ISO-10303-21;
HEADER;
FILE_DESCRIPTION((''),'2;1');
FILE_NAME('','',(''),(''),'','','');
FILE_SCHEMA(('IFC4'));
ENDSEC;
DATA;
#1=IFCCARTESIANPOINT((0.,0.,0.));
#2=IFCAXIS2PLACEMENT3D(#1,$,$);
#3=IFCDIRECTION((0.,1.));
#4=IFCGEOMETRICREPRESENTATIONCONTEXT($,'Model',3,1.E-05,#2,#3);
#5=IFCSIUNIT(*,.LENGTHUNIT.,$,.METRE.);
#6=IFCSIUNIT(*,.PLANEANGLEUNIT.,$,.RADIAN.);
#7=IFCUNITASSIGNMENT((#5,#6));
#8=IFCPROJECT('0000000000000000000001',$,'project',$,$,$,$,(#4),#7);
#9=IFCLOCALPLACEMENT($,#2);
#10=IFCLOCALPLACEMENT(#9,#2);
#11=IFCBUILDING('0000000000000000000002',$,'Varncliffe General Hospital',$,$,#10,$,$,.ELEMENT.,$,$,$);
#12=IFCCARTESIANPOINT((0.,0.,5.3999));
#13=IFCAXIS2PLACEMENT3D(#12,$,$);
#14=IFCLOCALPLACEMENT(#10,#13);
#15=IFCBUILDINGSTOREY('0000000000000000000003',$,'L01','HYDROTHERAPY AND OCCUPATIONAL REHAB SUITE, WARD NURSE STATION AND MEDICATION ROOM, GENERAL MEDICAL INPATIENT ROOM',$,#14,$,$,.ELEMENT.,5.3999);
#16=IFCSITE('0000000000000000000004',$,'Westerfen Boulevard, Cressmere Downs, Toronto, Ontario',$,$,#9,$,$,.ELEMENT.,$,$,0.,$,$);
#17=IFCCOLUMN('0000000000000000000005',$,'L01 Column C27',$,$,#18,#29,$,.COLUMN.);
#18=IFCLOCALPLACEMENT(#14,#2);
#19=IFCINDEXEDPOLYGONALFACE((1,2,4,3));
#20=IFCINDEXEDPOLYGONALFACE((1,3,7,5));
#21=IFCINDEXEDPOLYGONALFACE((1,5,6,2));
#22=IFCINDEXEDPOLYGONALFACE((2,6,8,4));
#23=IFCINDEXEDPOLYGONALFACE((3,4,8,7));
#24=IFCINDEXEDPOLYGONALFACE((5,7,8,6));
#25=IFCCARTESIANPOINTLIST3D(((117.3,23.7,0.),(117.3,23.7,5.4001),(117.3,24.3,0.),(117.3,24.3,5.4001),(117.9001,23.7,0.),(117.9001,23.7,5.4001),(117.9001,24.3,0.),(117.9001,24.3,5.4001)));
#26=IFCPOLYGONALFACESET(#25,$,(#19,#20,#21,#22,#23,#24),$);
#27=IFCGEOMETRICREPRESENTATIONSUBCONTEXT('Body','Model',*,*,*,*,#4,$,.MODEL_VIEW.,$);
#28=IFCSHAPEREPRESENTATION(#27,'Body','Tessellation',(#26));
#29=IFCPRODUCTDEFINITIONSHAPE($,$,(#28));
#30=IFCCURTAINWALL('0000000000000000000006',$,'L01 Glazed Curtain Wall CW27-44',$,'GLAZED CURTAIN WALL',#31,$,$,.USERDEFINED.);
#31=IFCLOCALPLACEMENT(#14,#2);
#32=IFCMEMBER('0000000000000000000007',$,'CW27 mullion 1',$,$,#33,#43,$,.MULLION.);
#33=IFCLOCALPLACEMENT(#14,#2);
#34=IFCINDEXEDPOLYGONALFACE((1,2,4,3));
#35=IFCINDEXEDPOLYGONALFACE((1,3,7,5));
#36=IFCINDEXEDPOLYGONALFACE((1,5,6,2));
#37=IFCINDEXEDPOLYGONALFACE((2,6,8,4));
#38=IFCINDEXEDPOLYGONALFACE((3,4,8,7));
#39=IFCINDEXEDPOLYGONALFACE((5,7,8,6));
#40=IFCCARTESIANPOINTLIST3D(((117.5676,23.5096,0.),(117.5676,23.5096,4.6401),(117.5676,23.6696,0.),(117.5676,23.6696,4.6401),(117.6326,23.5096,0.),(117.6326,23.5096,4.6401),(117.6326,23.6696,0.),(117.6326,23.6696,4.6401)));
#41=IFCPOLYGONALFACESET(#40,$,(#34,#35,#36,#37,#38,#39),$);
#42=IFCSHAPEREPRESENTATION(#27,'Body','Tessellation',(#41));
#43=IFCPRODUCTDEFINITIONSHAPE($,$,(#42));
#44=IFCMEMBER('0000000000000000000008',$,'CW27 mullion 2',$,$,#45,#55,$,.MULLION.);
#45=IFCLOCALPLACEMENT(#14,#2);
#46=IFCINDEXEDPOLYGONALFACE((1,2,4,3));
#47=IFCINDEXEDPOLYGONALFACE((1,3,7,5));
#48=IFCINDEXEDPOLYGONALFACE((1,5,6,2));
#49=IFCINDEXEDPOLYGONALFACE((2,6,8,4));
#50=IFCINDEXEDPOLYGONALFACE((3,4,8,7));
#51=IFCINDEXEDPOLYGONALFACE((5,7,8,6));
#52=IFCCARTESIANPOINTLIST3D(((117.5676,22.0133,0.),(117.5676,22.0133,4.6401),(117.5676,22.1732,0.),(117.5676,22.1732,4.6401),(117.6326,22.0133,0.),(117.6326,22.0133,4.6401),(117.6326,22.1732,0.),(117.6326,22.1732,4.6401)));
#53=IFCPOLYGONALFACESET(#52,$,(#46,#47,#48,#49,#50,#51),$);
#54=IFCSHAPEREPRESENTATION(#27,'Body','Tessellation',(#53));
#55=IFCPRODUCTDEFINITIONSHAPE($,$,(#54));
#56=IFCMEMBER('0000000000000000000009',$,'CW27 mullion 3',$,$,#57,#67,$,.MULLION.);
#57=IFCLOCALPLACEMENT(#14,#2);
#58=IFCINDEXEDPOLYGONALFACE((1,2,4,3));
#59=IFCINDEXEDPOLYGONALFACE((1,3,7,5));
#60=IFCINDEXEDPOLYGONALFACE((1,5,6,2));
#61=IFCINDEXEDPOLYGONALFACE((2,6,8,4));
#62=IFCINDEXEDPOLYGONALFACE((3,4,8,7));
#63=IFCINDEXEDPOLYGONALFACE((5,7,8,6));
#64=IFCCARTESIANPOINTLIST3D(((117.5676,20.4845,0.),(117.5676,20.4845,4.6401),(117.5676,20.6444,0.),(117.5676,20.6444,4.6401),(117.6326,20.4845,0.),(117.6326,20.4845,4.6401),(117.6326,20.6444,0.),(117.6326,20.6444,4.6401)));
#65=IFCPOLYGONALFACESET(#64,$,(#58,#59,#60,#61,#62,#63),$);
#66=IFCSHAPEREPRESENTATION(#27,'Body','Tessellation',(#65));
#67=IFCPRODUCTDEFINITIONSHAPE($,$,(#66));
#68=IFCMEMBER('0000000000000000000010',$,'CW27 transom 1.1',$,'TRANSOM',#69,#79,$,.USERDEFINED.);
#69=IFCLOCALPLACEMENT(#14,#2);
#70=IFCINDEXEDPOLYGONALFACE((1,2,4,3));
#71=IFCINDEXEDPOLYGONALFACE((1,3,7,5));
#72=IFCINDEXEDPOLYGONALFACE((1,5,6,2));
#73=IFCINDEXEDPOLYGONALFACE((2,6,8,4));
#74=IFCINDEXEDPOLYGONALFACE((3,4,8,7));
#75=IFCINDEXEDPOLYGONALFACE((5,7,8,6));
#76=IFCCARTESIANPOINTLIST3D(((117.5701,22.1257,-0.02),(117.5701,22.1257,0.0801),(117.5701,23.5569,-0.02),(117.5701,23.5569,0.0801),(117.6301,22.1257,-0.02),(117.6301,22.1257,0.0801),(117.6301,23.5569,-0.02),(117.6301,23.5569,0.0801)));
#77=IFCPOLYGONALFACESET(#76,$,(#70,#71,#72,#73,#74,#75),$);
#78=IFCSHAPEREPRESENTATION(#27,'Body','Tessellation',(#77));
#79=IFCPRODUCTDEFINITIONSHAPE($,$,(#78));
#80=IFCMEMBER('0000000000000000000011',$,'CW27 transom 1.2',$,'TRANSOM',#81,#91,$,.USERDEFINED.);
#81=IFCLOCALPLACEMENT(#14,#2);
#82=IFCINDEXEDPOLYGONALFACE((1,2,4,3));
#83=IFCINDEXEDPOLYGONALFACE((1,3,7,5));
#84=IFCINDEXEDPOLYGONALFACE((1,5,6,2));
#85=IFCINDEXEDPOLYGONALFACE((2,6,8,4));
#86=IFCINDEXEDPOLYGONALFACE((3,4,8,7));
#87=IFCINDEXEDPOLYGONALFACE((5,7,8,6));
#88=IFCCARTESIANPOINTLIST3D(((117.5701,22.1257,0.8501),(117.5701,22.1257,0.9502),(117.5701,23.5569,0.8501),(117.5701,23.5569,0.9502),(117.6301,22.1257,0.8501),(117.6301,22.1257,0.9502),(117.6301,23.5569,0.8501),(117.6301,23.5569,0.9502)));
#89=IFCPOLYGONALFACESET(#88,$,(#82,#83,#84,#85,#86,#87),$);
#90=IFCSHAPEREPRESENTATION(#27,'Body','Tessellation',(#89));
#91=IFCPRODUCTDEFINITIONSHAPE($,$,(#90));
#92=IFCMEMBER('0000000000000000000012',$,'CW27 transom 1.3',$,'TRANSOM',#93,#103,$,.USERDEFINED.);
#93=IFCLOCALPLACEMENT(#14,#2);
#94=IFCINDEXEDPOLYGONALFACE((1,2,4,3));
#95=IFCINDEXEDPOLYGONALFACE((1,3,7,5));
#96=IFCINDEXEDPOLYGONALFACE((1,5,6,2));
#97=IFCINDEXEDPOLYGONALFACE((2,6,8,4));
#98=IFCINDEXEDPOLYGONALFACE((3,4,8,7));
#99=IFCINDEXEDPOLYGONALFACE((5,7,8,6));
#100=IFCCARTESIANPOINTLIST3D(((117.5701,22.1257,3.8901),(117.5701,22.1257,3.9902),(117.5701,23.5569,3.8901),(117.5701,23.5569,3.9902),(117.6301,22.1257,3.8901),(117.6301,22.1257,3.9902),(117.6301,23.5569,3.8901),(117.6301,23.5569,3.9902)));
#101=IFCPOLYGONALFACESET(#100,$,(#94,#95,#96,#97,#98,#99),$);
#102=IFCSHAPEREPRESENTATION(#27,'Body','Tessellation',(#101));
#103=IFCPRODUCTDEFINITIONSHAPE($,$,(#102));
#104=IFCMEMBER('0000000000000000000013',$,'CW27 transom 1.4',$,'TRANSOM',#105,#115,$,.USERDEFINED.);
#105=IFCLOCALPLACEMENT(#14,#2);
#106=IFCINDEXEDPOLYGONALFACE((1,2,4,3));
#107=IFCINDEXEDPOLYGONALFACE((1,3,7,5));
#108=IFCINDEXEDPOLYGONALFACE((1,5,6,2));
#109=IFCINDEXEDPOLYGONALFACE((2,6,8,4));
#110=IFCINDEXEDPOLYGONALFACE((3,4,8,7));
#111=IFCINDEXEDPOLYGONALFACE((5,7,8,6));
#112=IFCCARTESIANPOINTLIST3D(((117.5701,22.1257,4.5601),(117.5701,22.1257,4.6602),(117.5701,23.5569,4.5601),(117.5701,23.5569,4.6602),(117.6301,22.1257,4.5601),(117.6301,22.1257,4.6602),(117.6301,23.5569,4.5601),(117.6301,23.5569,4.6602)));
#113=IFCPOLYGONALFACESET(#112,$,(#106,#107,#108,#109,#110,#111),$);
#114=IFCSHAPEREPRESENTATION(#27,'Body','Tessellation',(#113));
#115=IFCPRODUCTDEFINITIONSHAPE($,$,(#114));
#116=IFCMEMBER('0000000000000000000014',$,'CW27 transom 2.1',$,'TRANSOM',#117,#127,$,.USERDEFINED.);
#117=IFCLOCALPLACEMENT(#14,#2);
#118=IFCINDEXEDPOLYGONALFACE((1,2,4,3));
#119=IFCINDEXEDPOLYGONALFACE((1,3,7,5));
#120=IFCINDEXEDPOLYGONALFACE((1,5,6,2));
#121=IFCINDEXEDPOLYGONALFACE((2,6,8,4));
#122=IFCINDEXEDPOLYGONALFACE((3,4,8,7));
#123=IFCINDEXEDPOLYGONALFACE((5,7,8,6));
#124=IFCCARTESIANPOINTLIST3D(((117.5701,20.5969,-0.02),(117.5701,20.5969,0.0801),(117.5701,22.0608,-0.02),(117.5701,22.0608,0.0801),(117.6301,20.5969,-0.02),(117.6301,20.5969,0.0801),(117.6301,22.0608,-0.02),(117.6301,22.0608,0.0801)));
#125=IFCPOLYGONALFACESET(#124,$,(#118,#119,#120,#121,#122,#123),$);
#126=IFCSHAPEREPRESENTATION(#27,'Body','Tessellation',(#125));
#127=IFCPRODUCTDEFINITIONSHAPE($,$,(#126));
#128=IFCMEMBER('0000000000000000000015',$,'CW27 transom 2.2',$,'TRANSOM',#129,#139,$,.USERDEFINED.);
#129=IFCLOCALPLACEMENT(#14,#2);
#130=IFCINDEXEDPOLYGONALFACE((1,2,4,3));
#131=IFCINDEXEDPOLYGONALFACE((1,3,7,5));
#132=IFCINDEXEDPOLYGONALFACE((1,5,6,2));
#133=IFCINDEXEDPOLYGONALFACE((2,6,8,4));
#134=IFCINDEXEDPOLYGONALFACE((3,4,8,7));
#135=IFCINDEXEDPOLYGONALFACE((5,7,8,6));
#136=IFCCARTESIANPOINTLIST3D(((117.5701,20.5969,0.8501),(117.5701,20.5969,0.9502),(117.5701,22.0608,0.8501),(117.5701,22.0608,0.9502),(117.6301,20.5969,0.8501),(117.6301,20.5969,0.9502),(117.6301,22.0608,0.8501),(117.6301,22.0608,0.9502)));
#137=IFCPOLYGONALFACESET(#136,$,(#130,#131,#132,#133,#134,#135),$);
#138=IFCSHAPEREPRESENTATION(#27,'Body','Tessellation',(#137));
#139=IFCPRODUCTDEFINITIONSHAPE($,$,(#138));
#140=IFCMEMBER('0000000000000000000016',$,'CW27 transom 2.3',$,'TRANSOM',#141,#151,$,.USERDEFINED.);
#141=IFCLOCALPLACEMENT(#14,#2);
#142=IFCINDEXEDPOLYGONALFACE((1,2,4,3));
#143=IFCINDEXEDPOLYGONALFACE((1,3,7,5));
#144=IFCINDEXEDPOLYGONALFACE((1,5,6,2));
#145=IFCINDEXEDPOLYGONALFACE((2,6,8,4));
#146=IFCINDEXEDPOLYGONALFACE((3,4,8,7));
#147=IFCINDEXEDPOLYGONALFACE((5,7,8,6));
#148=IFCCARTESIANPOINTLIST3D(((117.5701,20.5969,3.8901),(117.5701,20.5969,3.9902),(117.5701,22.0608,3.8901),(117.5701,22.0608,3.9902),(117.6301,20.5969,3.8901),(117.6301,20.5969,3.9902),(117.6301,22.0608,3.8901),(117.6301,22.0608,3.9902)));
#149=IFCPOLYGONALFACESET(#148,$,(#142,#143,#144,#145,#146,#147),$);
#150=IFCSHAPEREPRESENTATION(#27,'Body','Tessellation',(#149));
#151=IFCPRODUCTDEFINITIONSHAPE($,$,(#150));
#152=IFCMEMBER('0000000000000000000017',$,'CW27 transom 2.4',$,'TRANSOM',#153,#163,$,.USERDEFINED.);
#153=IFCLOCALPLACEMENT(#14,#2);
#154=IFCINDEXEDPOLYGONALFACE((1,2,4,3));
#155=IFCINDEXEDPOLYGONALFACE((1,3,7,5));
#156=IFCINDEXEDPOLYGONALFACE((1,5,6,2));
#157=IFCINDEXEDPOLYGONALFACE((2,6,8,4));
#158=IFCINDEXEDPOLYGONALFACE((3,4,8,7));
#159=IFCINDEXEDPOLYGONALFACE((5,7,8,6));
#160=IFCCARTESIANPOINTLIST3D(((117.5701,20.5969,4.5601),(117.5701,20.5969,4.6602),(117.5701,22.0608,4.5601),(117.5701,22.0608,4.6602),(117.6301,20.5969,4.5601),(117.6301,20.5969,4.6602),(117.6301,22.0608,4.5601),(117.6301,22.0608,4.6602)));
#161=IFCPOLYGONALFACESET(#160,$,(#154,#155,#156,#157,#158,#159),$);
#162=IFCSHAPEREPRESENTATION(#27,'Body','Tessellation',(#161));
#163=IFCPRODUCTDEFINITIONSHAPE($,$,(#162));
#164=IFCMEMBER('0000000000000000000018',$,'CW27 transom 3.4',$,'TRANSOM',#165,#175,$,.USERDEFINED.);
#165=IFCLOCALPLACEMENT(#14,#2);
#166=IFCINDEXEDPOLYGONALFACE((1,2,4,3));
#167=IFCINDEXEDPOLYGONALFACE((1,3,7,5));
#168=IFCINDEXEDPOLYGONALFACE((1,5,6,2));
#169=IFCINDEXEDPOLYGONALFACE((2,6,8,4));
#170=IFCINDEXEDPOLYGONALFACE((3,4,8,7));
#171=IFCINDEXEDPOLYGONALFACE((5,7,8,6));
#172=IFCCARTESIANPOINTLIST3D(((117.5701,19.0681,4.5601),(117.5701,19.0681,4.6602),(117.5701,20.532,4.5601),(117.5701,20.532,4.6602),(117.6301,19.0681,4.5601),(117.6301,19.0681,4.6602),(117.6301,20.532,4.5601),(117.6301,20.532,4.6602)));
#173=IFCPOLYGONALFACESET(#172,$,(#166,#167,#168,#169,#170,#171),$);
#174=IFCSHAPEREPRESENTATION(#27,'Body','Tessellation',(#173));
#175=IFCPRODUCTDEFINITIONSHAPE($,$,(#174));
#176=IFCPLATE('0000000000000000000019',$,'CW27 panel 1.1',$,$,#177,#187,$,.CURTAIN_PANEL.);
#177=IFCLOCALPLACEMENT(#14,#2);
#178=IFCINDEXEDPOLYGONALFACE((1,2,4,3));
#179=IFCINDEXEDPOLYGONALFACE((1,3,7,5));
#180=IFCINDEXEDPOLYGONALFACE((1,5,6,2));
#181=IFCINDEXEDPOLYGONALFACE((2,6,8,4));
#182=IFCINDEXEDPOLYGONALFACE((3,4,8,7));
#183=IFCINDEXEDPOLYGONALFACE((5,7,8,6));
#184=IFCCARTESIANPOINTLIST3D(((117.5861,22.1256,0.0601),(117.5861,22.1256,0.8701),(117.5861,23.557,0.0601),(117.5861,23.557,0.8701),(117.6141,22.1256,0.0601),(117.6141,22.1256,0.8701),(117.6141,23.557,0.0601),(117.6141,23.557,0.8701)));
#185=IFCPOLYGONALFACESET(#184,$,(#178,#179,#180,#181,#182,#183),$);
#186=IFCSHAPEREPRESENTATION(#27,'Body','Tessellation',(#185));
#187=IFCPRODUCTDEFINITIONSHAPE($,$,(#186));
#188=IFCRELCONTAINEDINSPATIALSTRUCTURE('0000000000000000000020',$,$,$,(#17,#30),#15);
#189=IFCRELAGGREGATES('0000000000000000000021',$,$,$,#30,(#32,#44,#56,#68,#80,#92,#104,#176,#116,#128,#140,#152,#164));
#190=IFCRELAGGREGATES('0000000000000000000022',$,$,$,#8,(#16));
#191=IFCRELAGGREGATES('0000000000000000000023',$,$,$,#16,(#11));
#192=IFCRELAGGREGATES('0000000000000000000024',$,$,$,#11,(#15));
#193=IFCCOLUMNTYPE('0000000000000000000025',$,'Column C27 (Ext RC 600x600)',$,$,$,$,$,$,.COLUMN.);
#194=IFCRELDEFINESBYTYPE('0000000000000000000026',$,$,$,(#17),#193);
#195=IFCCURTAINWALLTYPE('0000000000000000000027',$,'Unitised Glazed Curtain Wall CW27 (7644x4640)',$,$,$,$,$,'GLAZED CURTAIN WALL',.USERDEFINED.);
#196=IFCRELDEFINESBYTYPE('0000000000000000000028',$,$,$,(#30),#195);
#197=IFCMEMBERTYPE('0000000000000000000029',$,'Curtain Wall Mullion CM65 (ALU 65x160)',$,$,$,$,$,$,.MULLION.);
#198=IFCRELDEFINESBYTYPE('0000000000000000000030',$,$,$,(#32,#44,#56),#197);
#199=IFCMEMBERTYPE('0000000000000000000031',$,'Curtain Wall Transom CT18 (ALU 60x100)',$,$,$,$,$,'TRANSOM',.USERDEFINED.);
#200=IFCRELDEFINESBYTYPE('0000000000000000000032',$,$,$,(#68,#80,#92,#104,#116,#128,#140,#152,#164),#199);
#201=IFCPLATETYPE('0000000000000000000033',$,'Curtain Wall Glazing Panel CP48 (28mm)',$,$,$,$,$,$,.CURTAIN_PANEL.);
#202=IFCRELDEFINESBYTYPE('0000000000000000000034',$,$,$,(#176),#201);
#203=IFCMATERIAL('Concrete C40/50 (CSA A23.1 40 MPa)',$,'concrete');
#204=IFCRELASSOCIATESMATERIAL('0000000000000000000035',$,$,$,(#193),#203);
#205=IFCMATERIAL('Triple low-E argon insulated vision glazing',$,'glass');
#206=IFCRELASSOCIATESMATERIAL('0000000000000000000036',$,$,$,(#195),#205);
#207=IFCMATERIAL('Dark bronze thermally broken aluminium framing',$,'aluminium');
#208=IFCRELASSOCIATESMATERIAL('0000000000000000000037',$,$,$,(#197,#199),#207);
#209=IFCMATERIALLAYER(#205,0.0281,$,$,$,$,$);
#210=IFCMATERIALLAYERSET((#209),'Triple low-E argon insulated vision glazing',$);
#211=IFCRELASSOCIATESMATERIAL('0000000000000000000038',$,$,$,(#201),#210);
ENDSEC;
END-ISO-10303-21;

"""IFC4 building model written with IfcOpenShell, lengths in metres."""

from ifc_helpers import new_model, si_unit, direction, frame, origin, origin_2d, place, context, subcontext, project, spatial, rectangle, extrude, material, layer, layer_set, material_profile, profile_set, type_object, element, aggregate, save


model = new_model("IFC4")

# Units and contexts
model_context = context("Model", 3, precision=1e-05, world=origin(), true_north=direction((0.0, 1.0)))
body_context = subcontext(model_context, "Body", "Model", "MODEL_VIEW")
ifc_project = project(units=[si_unit("LENGTHUNIT", "METRE"), si_unit("PLANEANGLEUNIT", "RADIAN")], contexts=[model_context])

# Site, building, storey
site_placement = place(None, origin())
site = spatial("IfcSite", under=ifc_project, at=site_placement, Name="Westerfen Boulevard, Cressmere Downs, Toronto, Ontario", CompositionType="ELEMENT", RefElevation=0.0)
building_placement = place(site_placement, origin())
building = spatial("IfcBuilding", under=site, at=building_placement, Name="Varncliffe General Hospital", CompositionType="ELEMENT")
storey_placement = place(building_placement, frame((0.0, 0.0, 5.3999)))
storey = spatial("IfcBuildingStorey", under=building, at=storey_placement, Name="L01", Description="HYDROTHERAPY AND OCCUPATIONAL REHAB SUITE, WARD NURSE STATION AND MEDICATION ROOM, GENERAL MEDICAL INPATIENT ROOM", CompositionType="ELEMENT", Elevation=5.3999)

# Column
ifc_material_1 = material(Name="Concrete C40/50 (CSA A23.1 40 MPa)", Category="concrete")
ifc_material_profile_1 = material_profile(ifc_material_1, rectangle(XDim=0.6001, YDim=0.6001, at=origin_2d()), Name="RC 600x600")
ifc_profile_set_1 = profile_set([ifc_material_profile_1], Name="Concrete C40/50 (CSA A23.1 40 MPa)")
column_type = type_object("IfcColumnType", Name="Column C27 (Ext RC 600x600)", PredefinedType="COLUMN", material=ifc_profile_set_1)
column_placement = place(storey_placement, frame((117.6001, 24.0, 0.0), z_axis=(0.0, 0.0, 1.0), x_axis=(1.0, 0.0, 0.0)))
element("IfcColumn", 1, at=column_placement, inside=storey, type_object=column_type, Name="L01 Column C27", PredefinedType="COLUMN", context=body_context, shape_type="SweptSolid", body=[
    extrude(rectangle(XDim=0.6001, YDim=0.6001, at=origin_2d()), origin(), (0.0, 0.0, 1.0), 5.4001),
])

# Curtain wall, members, plate
ifc_material_2 = material(Name="Triple low-E argon insulated vision glazing", Category="glass")
curtain_wall_type = type_object("IfcCurtainWallType", Name="Unitised Glazed Curtain Wall CW27 (7644x4640)", ElementType="GLAZED CURTAIN WALL", PredefinedType="USERDEFINED", material=ifc_material_2)
curtain_wall_placement = place(storey_placement, origin())
curtain_wall = element("IfcCurtainWall", 2, at=curtain_wall_placement, inside=storey, type_object=curtain_wall_type, Name="L01 Glazed Curtain Wall CW27-44", ObjectType="GLAZED CURTAIN WALL", PredefinedType="USERDEFINED")
ifc_material_3 = material(Name="Dark bronze thermally broken aluminium framing", Category="aluminium")
ifc_material_profile_2 = material_profile(ifc_material_3, rectangle(XDim=0.0649, YDim=0.1599, at=origin_2d()), Name="ALU 65x160")
ifc_profile_set_2 = profile_set([ifc_material_profile_2], Name="Dark bronze thermally broken aluminium framing")
member_type_1 = type_object("IfcMemberType", Name="Curtain Wall Mullion CM65 (ALU 65x160)", PredefinedType="MULLION", material=ifc_profile_set_2)
member_1_placement = place(storey_placement, frame((117.6001, 23.5896, 0.0), z_axis=(0.0, 0.0, 1.0), x_axis=(1.0, 0.0, 0.0)))
member_1 = element("IfcMember", 3, at=member_1_placement, type_object=member_type_1, Name="CW27 mullion 1", PredefinedType="MULLION", context=body_context, shape_type="SweptSolid", body=[
    extrude(rectangle(XDim=0.0649, YDim=0.1599, at=origin_2d()), origin(), (0.0, 0.0, 1.0), 4.6401),
])
member_2_placement = place(storey_placement, frame((117.6001, 22.0933, 0.0), z_axis=(0.0, 0.0, 1.0), x_axis=(1.0, 0.0, 0.0)))
member_2 = element("IfcMember", 4, at=member_2_placement, type_object=member_type_1, Name="CW27 mullion 2", PredefinedType="MULLION", context=body_context, shape_type="SweptSolid", body=[
    extrude(rectangle(XDim=0.0649, YDim=0.1599, at=origin_2d()), origin(), (0.0, 0.0, 1.0), 4.6401),
])
member_3_placement = place(storey_placement, frame((117.6001, 20.5645, 0.0), z_axis=(0.0, 0.0, 1.0), x_axis=(1.0, 0.0, 0.0)))
member_3 = element("IfcMember", 5, at=member_3_placement, type_object=member_type_1, Name="CW27 mullion 3", PredefinedType="MULLION", context=body_context, shape_type="SweptSolid", body=[
    extrude(rectangle(XDim=0.0649, YDim=0.1599, at=origin_2d()), origin(), (0.0, 0.0, 1.0), 4.6401),
])
ifc_material_profile_3 = material_profile(ifc_material_3, rectangle(XDim=0.0601, YDim=0.1001, at=origin_2d()), Name="ALU 60x100")
ifc_profile_set_3 = profile_set([ifc_material_profile_3], Name="Dark bronze thermally broken aluminium framing")
member_type_2 = type_object("IfcMemberType", Name="Curtain Wall Transom CT18 (ALU 60x100)", ElementType="TRANSOM", PredefinedType="USERDEFINED", material=ifc_profile_set_3)
member_4_placement = place(storey_placement, frame((117.6001, 23.5569, 0.03), z_axis=(0.0, -1.0, 0.0), x_axis=(1.0, 0.0, 0.0)))
member_4 = element("IfcMember", 6, at=member_4_placement, type_object=member_type_2, Name="CW27 transom 1.1", ObjectType="TRANSOM", PredefinedType="USERDEFINED", context=body_context, shape_type="SweptSolid", body=[
    extrude(rectangle(XDim=0.0601, YDim=0.1001, at=origin_2d()), origin(), (0.0, 0.0, 1.0), 1.4312),
])
member_5_placement = place(storey_placement, frame((117.6001, 23.5569, 0.9001), z_axis=(0.0, -1.0, 0.0), x_axis=(1.0, 0.0, 0.0)))
member_5 = element("IfcMember", 7, at=member_5_placement, type_object=member_type_2, Name="CW27 transom 1.2", ObjectType="TRANSOM", PredefinedType="USERDEFINED", context=body_context, shape_type="SweptSolid", body=[
    extrude(rectangle(XDim=0.0601, YDim=0.1001, at=origin_2d()), origin(), (0.0, 0.0, 1.0), 1.4312),
])
member_6_placement = place(storey_placement, frame((117.6001, 23.5569, 3.9402), z_axis=(0.0, -1.0, 0.0), x_axis=(1.0, 0.0, 0.0)))
member_6 = element("IfcMember", 8, at=member_6_placement, type_object=member_type_2, Name="CW27 transom 1.3", ObjectType="TRANSOM", PredefinedType="USERDEFINED", context=body_context, shape_type="SweptSolid", body=[
    extrude(rectangle(XDim=0.0601, YDim=0.1001, at=origin_2d()), origin(), (0.0, 0.0, 1.0), 1.4312),
])
member_7_placement = place(storey_placement, frame((117.6001, 23.5569, 4.6101), z_axis=(0.0, -1.0, 0.0), x_axis=(1.0, 0.0, 0.0)))
member_7 = element("IfcMember", 9, at=member_7_placement, type_object=member_type_2, Name="CW27 transom 1.4", ObjectType="TRANSOM", PredefinedType="USERDEFINED", context=body_context, shape_type="SweptSolid", body=[
    extrude(rectangle(XDim=0.0601, YDim=0.1001, at=origin_2d()), origin(), (0.0, 0.0, 1.0), 1.4312),
])
member_8_placement = place(storey_placement, frame((117.6001, 22.0608, 0.03), z_axis=(0.0, -1.0, 0.0), x_axis=(1.0, 0.0, 0.0)))
member_8 = element("IfcMember", 10, at=member_8_placement, type_object=member_type_2, Name="CW27 transom 2.1", ObjectType="TRANSOM", PredefinedType="USERDEFINED", context=body_context, shape_type="SweptSolid", body=[
    extrude(rectangle(XDim=0.0601, YDim=0.1001, at=origin_2d()), origin(), (0.0, 0.0, 1.0), 1.4639),
])
member_9_placement = place(storey_placement, frame((117.6001, 22.0608, 0.9001), z_axis=(0.0, -1.0, 0.0), x_axis=(1.0, 0.0, 0.0)))
member_9 = element("IfcMember", 11, at=member_9_placement, type_object=member_type_2, Name="CW27 transom 2.2", ObjectType="TRANSOM", PredefinedType="USERDEFINED", context=body_context, shape_type="SweptSolid", body=[
    extrude(rectangle(XDim=0.0601, YDim=0.1001, at=origin_2d()), origin(), (0.0, 0.0, 1.0), 1.4639),
])
member_10_placement = place(storey_placement, frame((117.6001, 22.0608, 3.9402), z_axis=(0.0, -1.0, 0.0), x_axis=(1.0, 0.0, 0.0)))
member_10 = element("IfcMember", 12, at=member_10_placement, type_object=member_type_2, Name="CW27 transom 2.3", ObjectType="TRANSOM", PredefinedType="USERDEFINED", context=body_context, shape_type="SweptSolid", body=[
    extrude(rectangle(XDim=0.0601, YDim=0.1001, at=origin_2d()), origin(), (0.0, 0.0, 1.0), 1.4639),
])
member_11_placement = place(storey_placement, frame((117.6001, 22.0608, 4.6101), z_axis=(0.0, -1.0, 0.0), x_axis=(1.0, 0.0, 0.0)))
member_11 = element("IfcMember", 13, at=member_11_placement, type_object=member_type_2, Name="CW27 transom 2.4", ObjectType="TRANSOM", PredefinedType="USERDEFINED", context=body_context, shape_type="SweptSolid", body=[
    extrude(rectangle(XDim=0.0601, YDim=0.1001, at=origin_2d()), origin(), (0.0, 0.0, 1.0), 1.4639),
])
member_12_placement = place(storey_placement, frame((117.6001, 20.532, 4.6101), z_axis=(0.0, -1.0, 0.0), x_axis=(1.0, 0.0, 0.0)))
member_12 = element("IfcMember", 14, at=member_12_placement, type_object=member_type_2, Name="CW27 transom 3.4", ObjectType="TRANSOM", PredefinedType="USERDEFINED", context=body_context, shape_type="SweptSolid", body=[
    extrude(rectangle(XDim=0.0601, YDim=0.1001, at=origin_2d()), origin(), (0.0, 0.0, 1.0), 1.4639),
])
ifc_layer = layer(ifc_material_2, 0.0281)
ifc_layer_set = layer_set([ifc_layer], Name="Triple low-E argon insulated vision glazing")
plate_type = type_object("IfcPlateType", Name="Curtain Wall Glazing Panel CP48 (28mm)", PredefinedType="CURTAIN_PANEL", material=ifc_layer_set)
plate_1_placement = place(storey_placement, frame((117.6001, 22.8413, 0.0601), z_axis=(0.0, 0.0, 1.0), x_axis=(0.0, -1.0, 0.0)))
plate_1 = element("IfcPlate", 15, at=plate_1_placement, type_object=plate_type, Name="CW27 panel 1.1", PredefinedType="CURTAIN_PANEL", context=body_context, shape_type="SweptSolid", body=[
    extrude(rectangle(XDim=1.4314, YDim=0.0281, at=origin_2d()), origin(), (0.0, 0.0, 1.0), 0.8101),
])
aggregate(curtain_wall, [member_1, member_2, member_3, member_4, member_5, member_6, member_7, plate_1, member_8, member_9, member_10, member_11, member_12])

save(model, "model.ifc")
